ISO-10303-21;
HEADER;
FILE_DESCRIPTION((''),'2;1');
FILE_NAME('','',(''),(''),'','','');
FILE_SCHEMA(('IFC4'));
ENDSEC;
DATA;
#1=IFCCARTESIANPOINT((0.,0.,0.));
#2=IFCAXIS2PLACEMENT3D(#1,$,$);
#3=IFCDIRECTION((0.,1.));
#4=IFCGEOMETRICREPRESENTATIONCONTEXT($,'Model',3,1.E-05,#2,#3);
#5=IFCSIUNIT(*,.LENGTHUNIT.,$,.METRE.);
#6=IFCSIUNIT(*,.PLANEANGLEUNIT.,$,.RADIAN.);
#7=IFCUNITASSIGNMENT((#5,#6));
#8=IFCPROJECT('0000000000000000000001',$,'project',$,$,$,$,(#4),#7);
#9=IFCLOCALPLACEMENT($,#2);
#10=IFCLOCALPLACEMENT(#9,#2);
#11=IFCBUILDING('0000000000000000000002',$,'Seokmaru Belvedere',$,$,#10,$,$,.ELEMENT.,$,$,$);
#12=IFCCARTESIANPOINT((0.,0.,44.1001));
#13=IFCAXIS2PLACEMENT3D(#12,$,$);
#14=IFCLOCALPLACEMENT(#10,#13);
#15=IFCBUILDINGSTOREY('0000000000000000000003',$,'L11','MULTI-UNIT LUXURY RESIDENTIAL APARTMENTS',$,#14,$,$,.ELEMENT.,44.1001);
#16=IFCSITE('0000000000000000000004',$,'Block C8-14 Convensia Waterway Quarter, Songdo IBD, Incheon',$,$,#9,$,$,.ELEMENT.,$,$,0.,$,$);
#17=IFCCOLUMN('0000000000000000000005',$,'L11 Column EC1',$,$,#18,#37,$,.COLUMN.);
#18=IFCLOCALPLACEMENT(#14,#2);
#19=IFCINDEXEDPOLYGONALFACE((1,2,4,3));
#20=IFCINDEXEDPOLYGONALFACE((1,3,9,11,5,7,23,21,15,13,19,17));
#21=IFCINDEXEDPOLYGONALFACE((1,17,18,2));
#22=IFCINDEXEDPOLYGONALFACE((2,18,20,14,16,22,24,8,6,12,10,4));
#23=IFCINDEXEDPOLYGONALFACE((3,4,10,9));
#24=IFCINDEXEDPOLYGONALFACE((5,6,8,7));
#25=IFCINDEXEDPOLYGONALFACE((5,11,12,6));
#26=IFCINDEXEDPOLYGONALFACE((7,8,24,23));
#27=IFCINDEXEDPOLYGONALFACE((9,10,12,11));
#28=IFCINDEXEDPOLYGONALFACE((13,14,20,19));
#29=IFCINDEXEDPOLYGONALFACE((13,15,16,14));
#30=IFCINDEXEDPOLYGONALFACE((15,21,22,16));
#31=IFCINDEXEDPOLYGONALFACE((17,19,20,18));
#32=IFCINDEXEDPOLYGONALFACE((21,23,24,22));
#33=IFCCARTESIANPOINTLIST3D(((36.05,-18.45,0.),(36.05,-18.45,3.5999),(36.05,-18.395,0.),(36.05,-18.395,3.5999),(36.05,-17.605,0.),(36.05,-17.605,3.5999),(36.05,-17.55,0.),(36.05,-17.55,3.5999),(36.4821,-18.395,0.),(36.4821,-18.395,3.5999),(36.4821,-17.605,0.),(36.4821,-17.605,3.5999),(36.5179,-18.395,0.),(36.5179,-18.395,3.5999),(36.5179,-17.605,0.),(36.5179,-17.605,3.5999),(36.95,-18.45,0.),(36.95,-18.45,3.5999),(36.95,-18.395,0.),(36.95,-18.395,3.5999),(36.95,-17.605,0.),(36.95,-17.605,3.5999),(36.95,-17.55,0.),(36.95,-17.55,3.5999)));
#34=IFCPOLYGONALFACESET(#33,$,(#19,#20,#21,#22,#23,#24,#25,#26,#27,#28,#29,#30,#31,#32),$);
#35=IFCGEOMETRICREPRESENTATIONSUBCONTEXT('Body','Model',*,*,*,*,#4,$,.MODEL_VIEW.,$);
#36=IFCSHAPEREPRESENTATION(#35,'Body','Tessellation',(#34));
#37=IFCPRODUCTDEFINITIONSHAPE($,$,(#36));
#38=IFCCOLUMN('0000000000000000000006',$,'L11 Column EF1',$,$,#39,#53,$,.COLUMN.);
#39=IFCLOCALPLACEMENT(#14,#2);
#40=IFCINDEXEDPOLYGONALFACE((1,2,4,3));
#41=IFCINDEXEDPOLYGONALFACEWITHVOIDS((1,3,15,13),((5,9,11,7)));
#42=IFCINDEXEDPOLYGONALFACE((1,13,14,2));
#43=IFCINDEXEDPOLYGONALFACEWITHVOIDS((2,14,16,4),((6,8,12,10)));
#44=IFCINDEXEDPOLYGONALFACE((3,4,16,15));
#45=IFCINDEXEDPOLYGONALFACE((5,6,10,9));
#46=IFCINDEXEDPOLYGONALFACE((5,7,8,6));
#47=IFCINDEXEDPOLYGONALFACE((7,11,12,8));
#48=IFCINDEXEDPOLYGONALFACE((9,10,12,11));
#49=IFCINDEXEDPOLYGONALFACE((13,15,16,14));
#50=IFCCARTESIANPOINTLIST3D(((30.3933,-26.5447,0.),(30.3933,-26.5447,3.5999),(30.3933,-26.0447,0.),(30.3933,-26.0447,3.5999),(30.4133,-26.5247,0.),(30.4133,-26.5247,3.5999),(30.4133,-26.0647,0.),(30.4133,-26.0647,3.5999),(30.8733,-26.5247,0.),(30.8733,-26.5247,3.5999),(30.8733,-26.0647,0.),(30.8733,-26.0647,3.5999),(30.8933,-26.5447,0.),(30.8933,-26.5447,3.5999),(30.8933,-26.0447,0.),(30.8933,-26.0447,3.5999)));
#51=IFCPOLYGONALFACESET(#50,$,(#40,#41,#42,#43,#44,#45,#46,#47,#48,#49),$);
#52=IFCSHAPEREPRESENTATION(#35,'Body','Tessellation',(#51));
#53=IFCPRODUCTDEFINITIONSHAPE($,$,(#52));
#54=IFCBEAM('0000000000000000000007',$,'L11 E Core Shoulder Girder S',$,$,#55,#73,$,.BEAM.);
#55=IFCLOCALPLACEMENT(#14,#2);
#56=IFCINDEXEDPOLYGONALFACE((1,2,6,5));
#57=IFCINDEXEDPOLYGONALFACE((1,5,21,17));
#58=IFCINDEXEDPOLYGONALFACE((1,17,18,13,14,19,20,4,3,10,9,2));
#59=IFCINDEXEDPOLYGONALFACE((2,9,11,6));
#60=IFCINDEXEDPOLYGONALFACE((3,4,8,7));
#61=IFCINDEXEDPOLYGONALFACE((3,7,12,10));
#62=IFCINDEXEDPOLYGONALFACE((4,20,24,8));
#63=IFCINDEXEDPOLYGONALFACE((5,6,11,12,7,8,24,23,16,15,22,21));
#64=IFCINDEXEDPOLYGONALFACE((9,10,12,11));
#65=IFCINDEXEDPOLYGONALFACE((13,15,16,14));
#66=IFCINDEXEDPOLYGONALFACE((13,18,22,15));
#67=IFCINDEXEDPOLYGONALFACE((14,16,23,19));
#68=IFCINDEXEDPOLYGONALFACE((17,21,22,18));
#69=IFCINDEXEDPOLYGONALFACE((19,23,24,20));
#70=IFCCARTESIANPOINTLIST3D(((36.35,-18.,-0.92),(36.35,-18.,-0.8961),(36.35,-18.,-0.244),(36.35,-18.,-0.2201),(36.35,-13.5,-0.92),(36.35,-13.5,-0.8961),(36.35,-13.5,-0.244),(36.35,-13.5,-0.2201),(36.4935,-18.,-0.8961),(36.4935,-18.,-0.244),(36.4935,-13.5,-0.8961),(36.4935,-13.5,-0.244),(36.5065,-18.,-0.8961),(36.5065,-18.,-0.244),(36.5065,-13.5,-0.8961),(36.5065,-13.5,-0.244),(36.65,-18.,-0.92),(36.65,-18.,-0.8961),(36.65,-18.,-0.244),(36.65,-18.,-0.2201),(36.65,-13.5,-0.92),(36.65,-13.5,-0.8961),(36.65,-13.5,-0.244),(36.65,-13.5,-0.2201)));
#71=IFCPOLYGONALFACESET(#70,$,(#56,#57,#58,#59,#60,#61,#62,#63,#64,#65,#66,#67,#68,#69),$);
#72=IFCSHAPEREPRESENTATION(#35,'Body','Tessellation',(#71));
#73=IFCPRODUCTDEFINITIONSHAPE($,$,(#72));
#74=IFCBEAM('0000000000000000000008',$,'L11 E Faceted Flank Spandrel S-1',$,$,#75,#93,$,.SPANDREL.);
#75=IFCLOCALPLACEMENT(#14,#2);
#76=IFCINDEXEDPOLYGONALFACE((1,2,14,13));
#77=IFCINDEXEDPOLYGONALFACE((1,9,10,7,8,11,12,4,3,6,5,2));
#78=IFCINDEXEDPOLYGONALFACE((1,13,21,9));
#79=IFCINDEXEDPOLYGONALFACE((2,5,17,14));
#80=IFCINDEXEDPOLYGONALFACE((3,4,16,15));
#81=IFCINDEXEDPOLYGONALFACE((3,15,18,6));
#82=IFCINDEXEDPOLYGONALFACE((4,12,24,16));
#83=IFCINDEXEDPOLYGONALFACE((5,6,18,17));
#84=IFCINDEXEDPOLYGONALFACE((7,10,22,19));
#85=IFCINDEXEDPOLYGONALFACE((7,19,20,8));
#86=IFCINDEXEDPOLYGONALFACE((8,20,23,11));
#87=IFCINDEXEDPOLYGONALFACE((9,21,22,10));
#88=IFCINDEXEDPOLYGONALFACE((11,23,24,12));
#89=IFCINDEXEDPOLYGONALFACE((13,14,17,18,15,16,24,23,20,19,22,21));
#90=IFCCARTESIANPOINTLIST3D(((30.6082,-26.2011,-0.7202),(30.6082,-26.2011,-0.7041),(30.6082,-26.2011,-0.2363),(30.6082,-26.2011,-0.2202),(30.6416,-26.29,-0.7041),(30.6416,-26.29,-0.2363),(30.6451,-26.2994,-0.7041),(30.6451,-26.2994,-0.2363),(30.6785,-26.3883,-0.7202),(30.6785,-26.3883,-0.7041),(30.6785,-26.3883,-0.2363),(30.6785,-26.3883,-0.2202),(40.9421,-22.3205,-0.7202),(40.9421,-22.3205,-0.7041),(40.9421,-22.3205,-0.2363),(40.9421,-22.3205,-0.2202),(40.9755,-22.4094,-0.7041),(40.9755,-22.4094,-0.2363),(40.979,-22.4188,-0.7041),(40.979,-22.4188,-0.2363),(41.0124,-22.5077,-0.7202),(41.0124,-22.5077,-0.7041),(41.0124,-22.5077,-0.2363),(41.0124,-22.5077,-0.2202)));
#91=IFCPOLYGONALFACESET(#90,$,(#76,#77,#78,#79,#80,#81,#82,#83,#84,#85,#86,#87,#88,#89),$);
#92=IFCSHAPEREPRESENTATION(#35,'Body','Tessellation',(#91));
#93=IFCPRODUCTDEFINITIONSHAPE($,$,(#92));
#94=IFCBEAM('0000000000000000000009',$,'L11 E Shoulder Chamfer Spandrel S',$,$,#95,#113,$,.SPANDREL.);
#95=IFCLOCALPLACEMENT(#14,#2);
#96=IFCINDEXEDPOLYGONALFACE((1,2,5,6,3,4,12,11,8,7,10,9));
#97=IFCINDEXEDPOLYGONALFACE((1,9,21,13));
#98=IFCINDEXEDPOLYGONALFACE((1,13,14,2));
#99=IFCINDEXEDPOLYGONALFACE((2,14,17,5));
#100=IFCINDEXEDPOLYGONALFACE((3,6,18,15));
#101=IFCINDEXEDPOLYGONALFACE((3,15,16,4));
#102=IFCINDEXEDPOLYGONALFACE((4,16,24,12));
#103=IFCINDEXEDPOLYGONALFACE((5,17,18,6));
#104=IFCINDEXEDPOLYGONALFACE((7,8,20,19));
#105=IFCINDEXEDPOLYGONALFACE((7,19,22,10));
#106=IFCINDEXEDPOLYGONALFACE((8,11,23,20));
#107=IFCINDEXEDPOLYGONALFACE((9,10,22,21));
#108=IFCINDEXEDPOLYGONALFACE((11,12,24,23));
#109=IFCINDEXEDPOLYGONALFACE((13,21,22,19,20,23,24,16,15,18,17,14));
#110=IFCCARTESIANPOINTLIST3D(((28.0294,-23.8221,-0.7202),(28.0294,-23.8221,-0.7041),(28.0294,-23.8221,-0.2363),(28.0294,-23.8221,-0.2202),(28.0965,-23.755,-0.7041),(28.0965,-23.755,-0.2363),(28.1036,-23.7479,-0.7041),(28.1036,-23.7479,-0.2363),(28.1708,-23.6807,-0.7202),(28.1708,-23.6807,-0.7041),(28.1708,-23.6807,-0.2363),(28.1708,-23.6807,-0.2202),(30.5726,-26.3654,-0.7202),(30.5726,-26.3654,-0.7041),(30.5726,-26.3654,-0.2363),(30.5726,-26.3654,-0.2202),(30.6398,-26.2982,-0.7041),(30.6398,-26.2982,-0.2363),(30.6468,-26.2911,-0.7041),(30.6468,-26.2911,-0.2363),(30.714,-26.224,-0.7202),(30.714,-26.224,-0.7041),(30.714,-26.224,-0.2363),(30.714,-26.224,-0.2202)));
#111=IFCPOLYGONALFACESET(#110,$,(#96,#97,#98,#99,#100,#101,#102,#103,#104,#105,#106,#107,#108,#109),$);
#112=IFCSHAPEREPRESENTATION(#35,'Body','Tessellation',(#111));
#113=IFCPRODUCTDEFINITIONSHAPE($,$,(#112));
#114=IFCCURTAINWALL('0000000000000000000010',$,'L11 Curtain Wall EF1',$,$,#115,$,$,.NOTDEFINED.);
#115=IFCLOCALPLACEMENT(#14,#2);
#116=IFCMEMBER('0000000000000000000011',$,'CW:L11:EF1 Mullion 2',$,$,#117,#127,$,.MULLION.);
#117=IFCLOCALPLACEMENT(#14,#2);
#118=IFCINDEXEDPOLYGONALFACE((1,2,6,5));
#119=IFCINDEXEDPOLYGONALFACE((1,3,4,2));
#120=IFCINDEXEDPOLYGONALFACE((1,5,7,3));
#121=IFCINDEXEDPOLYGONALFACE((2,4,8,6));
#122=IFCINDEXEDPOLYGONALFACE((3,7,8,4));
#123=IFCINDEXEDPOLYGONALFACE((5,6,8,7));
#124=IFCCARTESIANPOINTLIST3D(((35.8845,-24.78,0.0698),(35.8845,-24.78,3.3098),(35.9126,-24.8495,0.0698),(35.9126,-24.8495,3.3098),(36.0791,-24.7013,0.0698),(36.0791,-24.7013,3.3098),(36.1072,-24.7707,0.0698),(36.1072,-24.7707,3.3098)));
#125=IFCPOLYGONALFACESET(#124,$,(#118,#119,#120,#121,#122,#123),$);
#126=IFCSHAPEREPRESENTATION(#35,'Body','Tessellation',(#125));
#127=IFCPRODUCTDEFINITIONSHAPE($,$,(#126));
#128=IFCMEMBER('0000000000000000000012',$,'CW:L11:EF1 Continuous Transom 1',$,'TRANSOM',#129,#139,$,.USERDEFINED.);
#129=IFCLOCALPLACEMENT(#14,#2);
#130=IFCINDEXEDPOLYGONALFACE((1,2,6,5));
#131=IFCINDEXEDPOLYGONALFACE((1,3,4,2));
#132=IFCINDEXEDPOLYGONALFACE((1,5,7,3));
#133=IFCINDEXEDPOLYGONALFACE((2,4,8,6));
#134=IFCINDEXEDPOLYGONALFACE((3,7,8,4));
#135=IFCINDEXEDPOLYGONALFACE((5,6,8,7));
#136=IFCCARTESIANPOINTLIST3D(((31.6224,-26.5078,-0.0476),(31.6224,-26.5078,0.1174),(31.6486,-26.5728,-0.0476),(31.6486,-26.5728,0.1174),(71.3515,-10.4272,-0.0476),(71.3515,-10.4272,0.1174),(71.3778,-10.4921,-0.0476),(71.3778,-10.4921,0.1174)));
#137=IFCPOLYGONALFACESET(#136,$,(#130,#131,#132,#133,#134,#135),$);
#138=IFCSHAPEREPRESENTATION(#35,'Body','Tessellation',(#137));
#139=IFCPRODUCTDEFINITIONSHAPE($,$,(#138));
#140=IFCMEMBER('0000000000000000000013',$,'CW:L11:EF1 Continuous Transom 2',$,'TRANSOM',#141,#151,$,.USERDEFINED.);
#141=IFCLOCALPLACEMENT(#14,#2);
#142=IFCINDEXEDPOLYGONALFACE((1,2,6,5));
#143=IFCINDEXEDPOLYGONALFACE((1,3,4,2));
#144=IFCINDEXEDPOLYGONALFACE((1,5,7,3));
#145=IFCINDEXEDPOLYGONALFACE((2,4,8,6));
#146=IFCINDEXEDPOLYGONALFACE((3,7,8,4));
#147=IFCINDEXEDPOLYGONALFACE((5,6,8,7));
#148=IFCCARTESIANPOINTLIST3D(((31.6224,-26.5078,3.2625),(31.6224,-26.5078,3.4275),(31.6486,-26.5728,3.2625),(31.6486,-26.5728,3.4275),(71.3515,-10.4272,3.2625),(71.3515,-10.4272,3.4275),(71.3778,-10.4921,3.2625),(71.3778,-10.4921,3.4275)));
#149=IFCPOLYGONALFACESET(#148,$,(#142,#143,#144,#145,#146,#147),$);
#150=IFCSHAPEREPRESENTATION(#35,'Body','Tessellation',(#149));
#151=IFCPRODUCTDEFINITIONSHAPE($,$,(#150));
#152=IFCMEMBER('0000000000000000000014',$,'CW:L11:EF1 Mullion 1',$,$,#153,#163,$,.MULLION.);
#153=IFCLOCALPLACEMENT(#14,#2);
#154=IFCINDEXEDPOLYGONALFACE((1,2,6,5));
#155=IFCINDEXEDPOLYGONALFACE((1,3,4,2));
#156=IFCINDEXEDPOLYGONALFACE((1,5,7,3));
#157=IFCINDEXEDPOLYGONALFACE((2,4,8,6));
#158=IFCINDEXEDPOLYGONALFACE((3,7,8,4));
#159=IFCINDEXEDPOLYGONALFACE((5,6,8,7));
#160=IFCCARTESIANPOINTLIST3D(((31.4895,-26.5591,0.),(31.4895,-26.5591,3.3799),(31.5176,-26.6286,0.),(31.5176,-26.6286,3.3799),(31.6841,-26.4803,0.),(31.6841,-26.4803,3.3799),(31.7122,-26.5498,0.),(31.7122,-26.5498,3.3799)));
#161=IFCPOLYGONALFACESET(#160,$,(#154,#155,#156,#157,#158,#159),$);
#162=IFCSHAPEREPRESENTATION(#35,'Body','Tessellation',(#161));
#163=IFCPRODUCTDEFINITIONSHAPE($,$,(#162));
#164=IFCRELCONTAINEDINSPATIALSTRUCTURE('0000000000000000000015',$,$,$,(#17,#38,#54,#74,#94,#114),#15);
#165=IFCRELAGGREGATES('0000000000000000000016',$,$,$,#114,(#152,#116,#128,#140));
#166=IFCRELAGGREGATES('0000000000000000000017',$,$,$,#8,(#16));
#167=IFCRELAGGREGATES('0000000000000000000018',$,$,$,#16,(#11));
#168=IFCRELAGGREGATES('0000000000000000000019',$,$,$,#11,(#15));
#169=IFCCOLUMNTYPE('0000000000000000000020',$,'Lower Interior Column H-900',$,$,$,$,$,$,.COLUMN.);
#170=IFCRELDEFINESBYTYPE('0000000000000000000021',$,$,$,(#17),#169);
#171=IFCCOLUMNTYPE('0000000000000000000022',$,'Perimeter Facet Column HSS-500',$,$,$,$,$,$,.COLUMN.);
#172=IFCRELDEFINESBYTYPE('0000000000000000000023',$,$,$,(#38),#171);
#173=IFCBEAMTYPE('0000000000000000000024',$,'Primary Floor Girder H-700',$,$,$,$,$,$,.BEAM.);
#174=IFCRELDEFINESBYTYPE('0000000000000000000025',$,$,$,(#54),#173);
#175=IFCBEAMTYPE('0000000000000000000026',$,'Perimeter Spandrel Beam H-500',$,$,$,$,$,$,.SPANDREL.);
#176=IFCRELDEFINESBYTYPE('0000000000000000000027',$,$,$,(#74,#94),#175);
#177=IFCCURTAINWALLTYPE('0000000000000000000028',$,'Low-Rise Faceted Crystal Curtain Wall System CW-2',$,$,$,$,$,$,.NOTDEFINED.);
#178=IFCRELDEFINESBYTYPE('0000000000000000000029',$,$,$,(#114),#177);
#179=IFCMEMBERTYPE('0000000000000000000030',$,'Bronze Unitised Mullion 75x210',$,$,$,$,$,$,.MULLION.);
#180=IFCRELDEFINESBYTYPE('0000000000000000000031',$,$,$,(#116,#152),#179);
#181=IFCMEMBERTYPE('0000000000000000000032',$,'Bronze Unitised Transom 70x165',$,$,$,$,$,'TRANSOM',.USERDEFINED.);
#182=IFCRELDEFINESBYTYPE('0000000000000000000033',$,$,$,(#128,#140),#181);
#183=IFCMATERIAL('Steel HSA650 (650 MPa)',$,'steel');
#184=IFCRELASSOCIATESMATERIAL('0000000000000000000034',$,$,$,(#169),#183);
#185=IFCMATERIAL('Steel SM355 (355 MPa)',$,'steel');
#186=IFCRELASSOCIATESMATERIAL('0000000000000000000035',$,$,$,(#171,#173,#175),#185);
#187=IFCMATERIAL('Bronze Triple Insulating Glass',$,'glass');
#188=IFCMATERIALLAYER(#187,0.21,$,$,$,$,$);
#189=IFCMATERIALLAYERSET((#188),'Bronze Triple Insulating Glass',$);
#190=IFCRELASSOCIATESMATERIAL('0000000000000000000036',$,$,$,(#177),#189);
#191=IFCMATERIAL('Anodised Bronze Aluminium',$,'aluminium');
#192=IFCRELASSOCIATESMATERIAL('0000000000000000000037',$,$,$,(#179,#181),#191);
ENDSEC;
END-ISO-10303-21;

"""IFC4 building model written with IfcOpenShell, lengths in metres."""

from ifc_helpers import new_model, si_unit, direction, frame, origin, origin_2d, place, context, subcontext, project, spatial, rectangle, hollow_rectangle, i_section, extrude, source, transform, mapped, material, layer, layer_set, material_profile, profile_set, type_object, type_shapes, element, aggregate, save


model = new_model("IFC4")

# Units and contexts
model_context = context("Model", 3, precision=1e-05, world=origin(), true_north=direction((0.0, 1.0)))
body_context = subcontext(model_context, "Body", "Model", "MODEL_VIEW")
ifc_project = project(units=[si_unit("LENGTHUNIT", "METRE"), si_unit("PLANEANGLEUNIT", "RADIAN")], contexts=[model_context])

# Site, building, storey
site_placement = place(None, origin())
site = spatial("IfcSite", under=ifc_project, at=site_placement, Name="Block C8-14 Convensia Waterway Quarter, Songdo IBD, Incheon", CompositionType="ELEMENT", RefElevation=0.0)
building_placement = place(site_placement, origin())
building = spatial("IfcBuilding", under=site, at=building_placement, Name="Seokmaru Belvedere", CompositionType="ELEMENT")
storey_placement = place(building_placement, frame((0.0, 0.0, 44.1001)))
storey = spatial("IfcBuildingStorey", under=building, at=storey_placement, Name="L11", Description="MULTI-UNIT LUXURY RESIDENTIAL APARTMENTS", CompositionType="ELEMENT", Elevation=44.1001)

# Columns
ifc_material_1 = material(Name="Steel HSA650 (650 MPa)", Category="steel")
ifc_material_profile_1 = material_profile(ifc_material_1, i_section(OverallWidth=0.8999, OverallDepth=0.8999, WebThickness=0.0359, FlangeThickness=0.0549, at=origin_2d()), Name="H-900x900x36x55")
ifc_profile_set_1 = profile_set([ifc_material_profile_1], Name="Steel HSA650 (650 MPa)")
column_type_1 = type_object("IfcColumnType", Name="Lower Interior Column H-900", PredefinedType="COLUMN", material=ifc_profile_set_1)
shared_shape_1 = source(origin(), body_context, "Body", "SweptSolid", [
    extrude(i_section(OverallWidth=0.8999, OverallDepth=0.8999, WebThickness=0.0359, FlangeThickness=0.0549, at=origin_2d()), origin(), (0.0, 0.0, 1.0), 3.5999),
])
type_shapes(column_type_1, [shared_shape_1])
column_1_placement = place(storey_placement, frame((36.5, -18.0, 0.0), z_axis=(0.0, 0.0, 1.0), x_axis=(1.0, 0.0, 0.0)))
element("IfcColumn", 1, at=column_1_placement, inside=storey, type_object=column_type_1, Name="L11 Column EC1", PredefinedType="COLUMN", context=body_context, shape_type="MappedRepresentation", body=[
    mapped(shared_shape_1, transform((0.0, 0.0, 0.0), scale=1.0)),
])
ifc_material_2 = material(Name="Steel SM355 (355 MPa)", Category="steel")
ifc_material_profile_2 = material_profile(ifc_material_2, hollow_rectangle(XDim=0.5, YDim=0.5, WallThickness=0.02, at=origin_2d()), Name="HSS-500x500x20")
ifc_profile_set_2 = profile_set([ifc_material_profile_2], Name="Steel SM355 (355 MPa)")
column_type_2 = type_object("IfcColumnType", Name="Perimeter Facet Column HSS-500", PredefinedType="COLUMN", material=ifc_profile_set_2)
shared_shape_2 = source(origin(), body_context, "Body", "SweptSolid", [
    extrude(hollow_rectangle(XDim=0.5, YDim=0.5, WallThickness=0.02, at=origin_2d()), origin(), (0.0, 0.0, 1.0), 3.5999),
])
type_shapes(column_type_2, [shared_shape_2])
column_2_placement = place(storey_placement, frame((30.6433, -26.2947, 0.0), z_axis=(0.0, 0.0, 1.0), x_axis=(1.0, 0.0, 0.0)))
element("IfcColumn", 2, at=column_2_placement, inside=storey, type_object=column_type_2, Name="L11 Column EF1", PredefinedType="COLUMN", context=body_context, shape_type="MappedRepresentation", body=[
    mapped(shared_shape_2, transform((0.0, 0.0, 0.0), scale=1.0)),
])

# Beams
ifc_material_profile_3 = material_profile(ifc_material_2, i_section(OverallWidth=0.3, OverallDepth=0.7, WebThickness=0.0129, FlangeThickness=0.0239, at=origin_2d()), Name="H-700x300x13x24")
ifc_profile_set_3 = profile_set([ifc_material_profile_3], Name="Steel SM355 (355 MPa)")
beam_type_1 = type_object("IfcBeamType", Name="Primary Floor Girder H-700", PredefinedType="BEAM", material=ifc_profile_set_3)
shared_shape_3 = source(origin(), body_context, "Body", "SweptSolid", [
    extrude(i_section(OverallWidth=0.3, OverallDepth=0.7, WebThickness=0.0129, FlangeThickness=0.0239, at=origin_2d()), origin(), (0.0, 0.0, 1.0), 4.5),
])
type_shapes(beam_type_1, [shared_shape_3])
beam_1_placement = place(storey_placement, frame((36.5, -18.0, -0.5701), z_axis=(0.0, 1.0, 0.0), x_axis=(-1.0, 0.0, 0.0)))
element("IfcBeam", 3, at=beam_1_placement, inside=storey, type_object=beam_type_1, Name="L11 E Core Shoulder Girder S", PredefinedType="BEAM", context=body_context, shape_type="MappedRepresentation", body=[
    mapped(shared_shape_3, transform((0.0, 0.0, 0.0), scale=1.0)),
])
ifc_material_profile_4 = material_profile(ifc_material_2, i_section(OverallWidth=0.2, OverallDepth=0.5, WebThickness=0.01, FlangeThickness=0.0161, at=origin_2d()), Name="H-500x200x10x16")
ifc_profile_set_4 = profile_set([ifc_material_profile_4], Name="Steel SM355 (355 MPa)")
beam_type_2 = type_object("IfcBeamType", Name="Perimeter Spandrel Beam H-500", PredefinedType="SPANDREL", material=ifc_profile_set_4)
shared_shape_4 = source(origin(), body_context, "Body", "SweptSolid", [
    extrude(i_section(OverallWidth=0.2, OverallDepth=0.5, WebThickness=0.01, FlangeThickness=0.0161, at=origin_2d()), origin(), (0.0, 0.0, 1.0), 11.0386),
])
beam_2_placement = place(storey_placement, frame((30.6433, -26.2947, -0.4702), z_axis=(0.936169, 0.35155, 0.0), x_axis=(-0.35155, 0.936169, 0.0)))
element("IfcBeam", 4, at=beam_2_placement, inside=storey, type_object=beam_type_2, Name="L11 E Faceted Flank Spandrel S-1", PredefinedType="SPANDREL", context=body_context, shape_type="MappedRepresentation", body=[
    mapped(shared_shape_4, transform((0.0, 0.0, 0.0), scale=1.0)),
])
shared_shape_5 = source(origin(), body_context, "Body", "SweptSolid", [
    extrude(i_section(OverallWidth=0.2, OverallDepth=0.5, WebThickness=0.01, FlangeThickness=0.0161, at=origin_2d()), origin(), (0.0, 0.0, 1.0), 3.5967),
])
type_shapes(beam_type_2, [shared_shape_4, shared_shape_5])
beam_3_placement = place(storey_placement, frame((30.6433, -26.2947, -0.4702), z_axis=(-0.707107, 0.707107, 0.0), x_axis=(-0.707107, -0.707107, 0.0)))
element("IfcBeam", 5, at=beam_3_placement, inside=storey, type_object=beam_type_2, Name="L11 E Shoulder Chamfer Spandrel S", PredefinedType="SPANDREL", context=body_context, shape_type="MappedRepresentation", body=[
    mapped(shared_shape_5, transform((0.0, 0.0, 0.0), scale=1.0)),
])

# Curtain wall, members
ifc_material_3 = material(Name="Bronze Triple Insulating Glass", Category="glass")
ifc_layer_1 = layer(ifc_material_3, 0.21)
ifc_layer_set_1 = layer_set([ifc_layer_1], Name="Bronze Triple Insulating Glass")
curtain_wall_type = type_object("IfcCurtainWallType", Name="Low-Rise Faceted Crystal Curtain Wall System CW-2", PredefinedType="NOTDEFINED", material=ifc_layer_set_1)
curtain_wall_1_placement = place(storey_placement, origin())
curtain_wall_1 = element("IfcCurtainWall", 6, at=curtain_wall_1_placement, inside=storey, type_object=curtain_wall_type, Name="L11 Curtain Wall EF1", PredefinedType="NOTDEFINED")
ifc_material_4 = material(Name="Anodised Bronze Aluminium", Category="aluminium")
ifc_material_profile_5 = material_profile(ifc_material_4, rectangle(XDim=0.075, YDim=0.21, at=origin_2d()), Name="CW-M-75x210")
ifc_profile_set_5 = profile_set([ifc_material_profile_5], Name="Anodised Bronze Aluminium")
member_type_1 = type_object("IfcMemberType", Name="Bronze Unitised Mullion 75x210", PredefinedType="MULLION", material=ifc_profile_set_5)
shared_shape_6 = source(origin(), body_context, "Body", "SweptSolid", [
    extrude(rectangle(XDim=0.075, YDim=0.21, at=origin_2d()), origin(), (0.0, 0.0, 1.0), 3.24),
])
member_1_placement = place(storey_placement, frame((35.9958, -24.7754, 0.0698), z_axis=(0.0, 0.0, 1.0), x_axis=(-0.375192, 0.926947, 0.0)))
member_1 = element("IfcMember", 7, at=member_1_placement, type_object=member_type_1, Name="CW:L11:EF1 Mullion 2", PredefinedType="MULLION", context=body_context, shape_type="MappedRepresentation", body=[
    mapped(shared_shape_6, transform((0.0, 0.0, 0.0), scale=1.0)),
])
ifc_material_profile_6 = material_profile(ifc_material_4, rectangle(XDim=0.0701, YDim=0.165, at=origin_2d()), Name="CW-T-70x165")
ifc_profile_set_6 = profile_set([ifc_material_profile_6], Name="Anodised Bronze Aluminium")
member_type_2 = type_object("IfcMemberType", Name="Bronze Unitised Transom 70x165", ElementType="TRANSOM", PredefinedType="USERDEFINED", material=ifc_profile_set_6)
shared_shape_7 = source(origin(), body_context, "Body", "SweptSolid", [
    extrude(rectangle(XDim=0.0701, YDim=0.165, at=origin_2d()), origin(), (0.0, 0.0, 1.0), 42.8601),
])
type_shapes(member_type_2, [shared_shape_7])
member_2_placement = place(storey_placement, frame((31.6355, -26.5403, 0.0349), z_axis=(0.926949, 0.375188, 0.0), x_axis=(-0.375188, 0.926949, 0.0)))
member_2 = element("IfcMember", 8, at=member_2_placement, type_object=member_type_2, Name="CW:L11:EF1 Continuous Transom 1", ObjectType="TRANSOM", PredefinedType="USERDEFINED", context=body_context, shape_type="MappedRepresentation", body=[
    mapped(shared_shape_7, transform((0.0, 0.0, 0.0), scale=1.0)),
])
member_3_placement = place(storey_placement, frame((31.6355, -26.5403, 3.345), z_axis=(0.926949, 0.375188, 0.0), x_axis=(-0.375188, 0.926949, 0.0)))
member_3 = element("IfcMember", 9, at=member_3_placement, type_object=member_type_2, Name="CW:L11:EF1 Continuous Transom 2", ObjectType="TRANSOM", PredefinedType="USERDEFINED", context=body_context, shape_type="MappedRepresentation", body=[
    mapped(shared_shape_7, transform((0.0, 0.0, 0.0), scale=1.0)),
])
shared_shape_8 = source(origin(), body_context, "Body", "SweptSolid", [
    extrude(rectangle(XDim=0.075, YDim=0.21, at=origin_2d()), origin(), (0.0, 0.0, 1.0), 3.3799),
])
type_shapes(member_type_1, [shared_shape_6, shared_shape_8])
member_4_placement = place(storey_placement, frame((31.6008, -26.5544, 0.0), z_axis=(0.0, 0.0, 1.0), x_axis=(-0.375192, 0.926947, 0.0)))
member_4 = element("IfcMember", 10, at=member_4_placement, type_object=member_type_1, Name="CW:L11:EF1 Mullion 1", PredefinedType="MULLION", context=body_context, shape_type="MappedRepresentation", body=[
    mapped(shared_shape_8, transform((0.0, 0.0, 0.0), scale=1.0)),
])

aggregate(curtain_wall_1, [member_4, member_1, member_2, member_3])

save(model, "model.ifc")
